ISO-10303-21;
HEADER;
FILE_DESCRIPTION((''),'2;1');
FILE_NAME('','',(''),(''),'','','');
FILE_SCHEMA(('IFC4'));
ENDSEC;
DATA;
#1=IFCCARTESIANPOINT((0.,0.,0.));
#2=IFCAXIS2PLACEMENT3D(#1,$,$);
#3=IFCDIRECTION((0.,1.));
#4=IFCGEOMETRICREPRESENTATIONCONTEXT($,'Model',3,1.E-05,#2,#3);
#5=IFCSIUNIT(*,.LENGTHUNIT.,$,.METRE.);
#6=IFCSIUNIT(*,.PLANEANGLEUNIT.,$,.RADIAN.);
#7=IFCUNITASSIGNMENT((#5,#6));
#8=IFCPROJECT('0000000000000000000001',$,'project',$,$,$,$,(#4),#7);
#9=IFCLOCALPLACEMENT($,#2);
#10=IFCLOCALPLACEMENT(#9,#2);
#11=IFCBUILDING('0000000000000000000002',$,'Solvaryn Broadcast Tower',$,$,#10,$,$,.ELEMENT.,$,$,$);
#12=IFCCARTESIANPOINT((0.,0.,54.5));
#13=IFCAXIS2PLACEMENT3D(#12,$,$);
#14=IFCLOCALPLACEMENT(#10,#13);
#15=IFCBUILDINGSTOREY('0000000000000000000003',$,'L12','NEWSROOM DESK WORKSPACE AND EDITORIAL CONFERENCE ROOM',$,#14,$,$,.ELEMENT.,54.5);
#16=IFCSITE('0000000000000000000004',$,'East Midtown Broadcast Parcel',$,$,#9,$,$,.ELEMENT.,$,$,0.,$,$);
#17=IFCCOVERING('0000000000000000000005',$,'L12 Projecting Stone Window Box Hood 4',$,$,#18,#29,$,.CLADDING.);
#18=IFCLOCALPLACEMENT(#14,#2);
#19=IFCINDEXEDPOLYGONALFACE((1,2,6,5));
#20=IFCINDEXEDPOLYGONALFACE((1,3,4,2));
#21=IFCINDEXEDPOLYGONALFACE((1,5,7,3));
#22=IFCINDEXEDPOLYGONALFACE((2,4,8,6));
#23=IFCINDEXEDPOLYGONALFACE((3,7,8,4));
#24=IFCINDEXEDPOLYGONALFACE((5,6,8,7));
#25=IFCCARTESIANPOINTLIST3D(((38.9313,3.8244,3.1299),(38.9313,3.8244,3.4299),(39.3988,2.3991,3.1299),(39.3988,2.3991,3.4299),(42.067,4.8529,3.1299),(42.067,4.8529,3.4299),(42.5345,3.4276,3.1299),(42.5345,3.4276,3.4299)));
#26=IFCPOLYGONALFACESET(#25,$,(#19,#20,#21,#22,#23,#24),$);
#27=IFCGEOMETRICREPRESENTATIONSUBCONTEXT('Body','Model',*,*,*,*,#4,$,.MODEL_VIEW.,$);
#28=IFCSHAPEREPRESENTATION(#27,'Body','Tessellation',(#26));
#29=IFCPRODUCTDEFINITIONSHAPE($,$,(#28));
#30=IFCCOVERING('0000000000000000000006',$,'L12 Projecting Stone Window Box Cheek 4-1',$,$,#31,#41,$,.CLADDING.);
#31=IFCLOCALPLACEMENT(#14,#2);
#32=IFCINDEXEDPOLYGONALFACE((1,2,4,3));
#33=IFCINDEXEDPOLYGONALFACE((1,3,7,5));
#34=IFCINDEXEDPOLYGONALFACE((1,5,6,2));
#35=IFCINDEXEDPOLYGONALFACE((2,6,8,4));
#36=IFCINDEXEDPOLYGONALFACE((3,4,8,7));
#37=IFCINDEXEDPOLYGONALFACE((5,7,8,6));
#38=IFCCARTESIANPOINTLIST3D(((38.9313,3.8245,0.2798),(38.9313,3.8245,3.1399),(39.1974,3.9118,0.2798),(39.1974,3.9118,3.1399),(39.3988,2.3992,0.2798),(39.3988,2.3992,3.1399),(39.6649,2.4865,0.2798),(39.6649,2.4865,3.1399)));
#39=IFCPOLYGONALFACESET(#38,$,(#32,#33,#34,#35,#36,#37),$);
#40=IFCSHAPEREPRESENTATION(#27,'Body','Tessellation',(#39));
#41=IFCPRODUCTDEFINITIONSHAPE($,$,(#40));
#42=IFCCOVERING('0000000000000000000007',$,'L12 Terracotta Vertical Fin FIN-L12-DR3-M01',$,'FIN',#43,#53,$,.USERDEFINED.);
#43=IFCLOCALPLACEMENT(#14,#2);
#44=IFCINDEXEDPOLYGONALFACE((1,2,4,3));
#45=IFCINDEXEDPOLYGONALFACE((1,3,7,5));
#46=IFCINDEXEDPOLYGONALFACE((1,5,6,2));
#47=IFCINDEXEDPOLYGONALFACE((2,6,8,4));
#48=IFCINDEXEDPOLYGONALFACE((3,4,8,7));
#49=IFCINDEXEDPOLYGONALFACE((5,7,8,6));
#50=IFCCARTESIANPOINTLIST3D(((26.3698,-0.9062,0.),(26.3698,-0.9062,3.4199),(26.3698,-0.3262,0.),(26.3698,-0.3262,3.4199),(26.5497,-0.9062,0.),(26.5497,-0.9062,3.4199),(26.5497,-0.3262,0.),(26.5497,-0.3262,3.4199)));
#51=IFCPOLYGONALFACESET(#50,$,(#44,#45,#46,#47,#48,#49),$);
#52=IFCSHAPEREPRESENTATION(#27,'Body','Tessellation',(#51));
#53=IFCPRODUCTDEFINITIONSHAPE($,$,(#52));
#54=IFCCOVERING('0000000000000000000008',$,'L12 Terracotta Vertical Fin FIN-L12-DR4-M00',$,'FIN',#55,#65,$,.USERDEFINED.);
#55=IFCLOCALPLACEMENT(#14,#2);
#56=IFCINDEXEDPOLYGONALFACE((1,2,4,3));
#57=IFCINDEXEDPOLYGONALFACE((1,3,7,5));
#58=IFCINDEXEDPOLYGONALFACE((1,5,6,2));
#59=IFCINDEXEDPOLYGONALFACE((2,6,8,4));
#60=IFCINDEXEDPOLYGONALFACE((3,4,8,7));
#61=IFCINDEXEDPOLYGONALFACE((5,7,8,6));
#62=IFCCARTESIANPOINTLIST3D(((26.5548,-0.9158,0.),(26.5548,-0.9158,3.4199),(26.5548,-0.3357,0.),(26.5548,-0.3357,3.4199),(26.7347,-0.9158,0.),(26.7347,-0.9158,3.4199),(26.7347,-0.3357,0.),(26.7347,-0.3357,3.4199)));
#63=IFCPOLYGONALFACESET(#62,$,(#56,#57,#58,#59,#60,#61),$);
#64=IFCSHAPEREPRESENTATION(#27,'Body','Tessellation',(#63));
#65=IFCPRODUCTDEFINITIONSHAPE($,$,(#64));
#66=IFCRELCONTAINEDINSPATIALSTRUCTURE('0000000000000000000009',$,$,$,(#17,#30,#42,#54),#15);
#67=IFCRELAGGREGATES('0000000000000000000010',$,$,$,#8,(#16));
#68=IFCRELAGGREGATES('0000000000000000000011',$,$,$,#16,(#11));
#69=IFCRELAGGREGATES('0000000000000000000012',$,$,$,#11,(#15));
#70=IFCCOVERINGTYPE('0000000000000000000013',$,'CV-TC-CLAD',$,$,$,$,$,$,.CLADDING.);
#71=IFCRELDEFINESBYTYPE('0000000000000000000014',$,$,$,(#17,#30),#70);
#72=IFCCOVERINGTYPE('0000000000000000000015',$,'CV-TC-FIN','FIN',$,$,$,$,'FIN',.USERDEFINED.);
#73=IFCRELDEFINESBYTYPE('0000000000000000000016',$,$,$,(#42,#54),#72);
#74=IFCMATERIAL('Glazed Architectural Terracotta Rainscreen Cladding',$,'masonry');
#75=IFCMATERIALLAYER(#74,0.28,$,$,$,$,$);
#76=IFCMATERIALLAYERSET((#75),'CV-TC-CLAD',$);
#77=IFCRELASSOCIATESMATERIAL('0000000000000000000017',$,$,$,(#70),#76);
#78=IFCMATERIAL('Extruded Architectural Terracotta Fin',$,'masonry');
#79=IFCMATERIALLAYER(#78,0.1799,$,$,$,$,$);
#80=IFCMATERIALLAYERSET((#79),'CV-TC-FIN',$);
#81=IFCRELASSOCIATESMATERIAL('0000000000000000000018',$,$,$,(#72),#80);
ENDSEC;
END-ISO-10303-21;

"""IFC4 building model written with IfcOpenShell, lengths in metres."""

from ifc_helpers import new_model, si_unit, direction, frame, origin, origin_2d, place, context, subcontext, project, spatial, rectangle, extrude, material, layer, layer_set, type_object, element, save


model = new_model("IFC4")

# Units and contexts
model_context = context("Model", 3, precision=1e-05, world=origin(), true_north=direction((0.0, 1.0)))
body_context = subcontext(model_context, "Body", "Model", "MODEL_VIEW")
ifc_project = project(units=[si_unit("LENGTHUNIT", "METRE"), si_unit("PLANEANGLEUNIT", "RADIAN")], contexts=[model_context])

# Site, building, storey
site_placement = place(None, origin())
site = spatial("IfcSite", under=ifc_project, at=site_placement, Name="East Midtown Broadcast Parcel", CompositionType="ELEMENT", RefElevation=0.0)
building_placement = place(site_placement, origin())
building = spatial("IfcBuilding", under=site, at=building_placement, Name="Solvaryn Broadcast Tower", CompositionType="ELEMENT")
storey_placement = place(building_placement, frame((0.0, 0.0, 54.5)))
storey = spatial("IfcBuildingStorey", under=building, at=storey_placement, Name="L12", Description="NEWSROOM DESK WORKSPACE AND EDITORIAL CONFERENCE ROOM", CompositionType="ELEMENT", Elevation=54.5)

# Coverings
ifc_material_1 = material(Name="Glazed Architectural Terracotta Rainscreen Cladding", Category="masonry")
ifc_layer_1 = layer(ifc_material_1, 0.28)
ifc_layer_set_1 = layer_set([ifc_layer_1], Name="CV-TC-CLAD")
covering_type_1 = type_object("IfcCoveringType", Name="CV-TC-CLAD", PredefinedType="CLADDING", material=ifc_layer_set_1)
covering_1_placement = place(storey_placement, frame((40.7329, 3.626, 3.1299), z_axis=(0.0, 0.0, 1.0), x_axis=(0.95019, 0.311672, 0.0)))
element("IfcCovering", 1, at=covering_1_placement, inside=storey, type_object=covering_type_1, Name="L12 Projecting Stone Window Box Hood 4", PredefinedType="CLADDING", context=body_context, shape_type="SweptSolid", body=[
    extrude(rectangle(XDim=3.3, YDim=1.5, at=origin_2d()), origin(), (0.0, 0.0, 1.0), 0.3),
])
covering_2_placement = place(storey_placement, frame((39.2981, 3.1555, 0.2798), z_axis=(0.0, 0.0, 1.0), x_axis=(0.95019, 0.311672, 0.0)))
element("IfcCovering", 2, at=covering_2_placement, inside=storey, type_object=covering_type_1, Name="L12 Projecting Stone Window Box Cheek 4-1", PredefinedType="CLADDING", context=body_context, shape_type="SweptSolid", body=[
    extrude(rectangle(XDim=0.28, YDim=1.5, at=origin_2d()), origin(), (0.0, 0.0, 1.0), 2.8601),
])
ifc_material_2 = material(Name="Extruded Architectural Terracotta Fin", Category="masonry")
ifc_layer_2 = layer(ifc_material_2, 0.1799)
ifc_layer_set_2 = layer_set([ifc_layer_2], Name="CV-TC-FIN")
covering_type_2 = type_object("IfcCoveringType", Name="CV-TC-FIN", Description="FIN", ElementType="FIN", PredefinedType="USERDEFINED", material=ifc_layer_set_2)
for number, where, z_axis, x_axis, name in (
    (3, (26.4597, -0.6162, 0.0), (0.0, 0.0, 1.0), (1.0, 0.0, 0.0), "L12 Terracotta Vertical Fin FIN-L12-DR3-M01"),
    (4, (26.6448, -0.6257, 0.0), (0.0, 0.0, 1.0), (1.0, 0.0, 0.0), "L12 Terracotta Vertical Fin FIN-L12-DR4-M00"),
):
    element("IfcCovering", number, at=place(storey_placement, frame(where, z_axis=z_axis, x_axis=x_axis)), inside=storey, type_object=covering_type_2, Name=name, ObjectType="FIN", PredefinedType="USERDEFINED", context=body_context, shape_type="SweptSolid", body=[
        extrude(rectangle(XDim=0.1799, YDim=0.5801, at=origin_2d()), origin(), (0.0, 0.0, 1.0), 3.4199),
    ])

save(model, "model.ifc")
